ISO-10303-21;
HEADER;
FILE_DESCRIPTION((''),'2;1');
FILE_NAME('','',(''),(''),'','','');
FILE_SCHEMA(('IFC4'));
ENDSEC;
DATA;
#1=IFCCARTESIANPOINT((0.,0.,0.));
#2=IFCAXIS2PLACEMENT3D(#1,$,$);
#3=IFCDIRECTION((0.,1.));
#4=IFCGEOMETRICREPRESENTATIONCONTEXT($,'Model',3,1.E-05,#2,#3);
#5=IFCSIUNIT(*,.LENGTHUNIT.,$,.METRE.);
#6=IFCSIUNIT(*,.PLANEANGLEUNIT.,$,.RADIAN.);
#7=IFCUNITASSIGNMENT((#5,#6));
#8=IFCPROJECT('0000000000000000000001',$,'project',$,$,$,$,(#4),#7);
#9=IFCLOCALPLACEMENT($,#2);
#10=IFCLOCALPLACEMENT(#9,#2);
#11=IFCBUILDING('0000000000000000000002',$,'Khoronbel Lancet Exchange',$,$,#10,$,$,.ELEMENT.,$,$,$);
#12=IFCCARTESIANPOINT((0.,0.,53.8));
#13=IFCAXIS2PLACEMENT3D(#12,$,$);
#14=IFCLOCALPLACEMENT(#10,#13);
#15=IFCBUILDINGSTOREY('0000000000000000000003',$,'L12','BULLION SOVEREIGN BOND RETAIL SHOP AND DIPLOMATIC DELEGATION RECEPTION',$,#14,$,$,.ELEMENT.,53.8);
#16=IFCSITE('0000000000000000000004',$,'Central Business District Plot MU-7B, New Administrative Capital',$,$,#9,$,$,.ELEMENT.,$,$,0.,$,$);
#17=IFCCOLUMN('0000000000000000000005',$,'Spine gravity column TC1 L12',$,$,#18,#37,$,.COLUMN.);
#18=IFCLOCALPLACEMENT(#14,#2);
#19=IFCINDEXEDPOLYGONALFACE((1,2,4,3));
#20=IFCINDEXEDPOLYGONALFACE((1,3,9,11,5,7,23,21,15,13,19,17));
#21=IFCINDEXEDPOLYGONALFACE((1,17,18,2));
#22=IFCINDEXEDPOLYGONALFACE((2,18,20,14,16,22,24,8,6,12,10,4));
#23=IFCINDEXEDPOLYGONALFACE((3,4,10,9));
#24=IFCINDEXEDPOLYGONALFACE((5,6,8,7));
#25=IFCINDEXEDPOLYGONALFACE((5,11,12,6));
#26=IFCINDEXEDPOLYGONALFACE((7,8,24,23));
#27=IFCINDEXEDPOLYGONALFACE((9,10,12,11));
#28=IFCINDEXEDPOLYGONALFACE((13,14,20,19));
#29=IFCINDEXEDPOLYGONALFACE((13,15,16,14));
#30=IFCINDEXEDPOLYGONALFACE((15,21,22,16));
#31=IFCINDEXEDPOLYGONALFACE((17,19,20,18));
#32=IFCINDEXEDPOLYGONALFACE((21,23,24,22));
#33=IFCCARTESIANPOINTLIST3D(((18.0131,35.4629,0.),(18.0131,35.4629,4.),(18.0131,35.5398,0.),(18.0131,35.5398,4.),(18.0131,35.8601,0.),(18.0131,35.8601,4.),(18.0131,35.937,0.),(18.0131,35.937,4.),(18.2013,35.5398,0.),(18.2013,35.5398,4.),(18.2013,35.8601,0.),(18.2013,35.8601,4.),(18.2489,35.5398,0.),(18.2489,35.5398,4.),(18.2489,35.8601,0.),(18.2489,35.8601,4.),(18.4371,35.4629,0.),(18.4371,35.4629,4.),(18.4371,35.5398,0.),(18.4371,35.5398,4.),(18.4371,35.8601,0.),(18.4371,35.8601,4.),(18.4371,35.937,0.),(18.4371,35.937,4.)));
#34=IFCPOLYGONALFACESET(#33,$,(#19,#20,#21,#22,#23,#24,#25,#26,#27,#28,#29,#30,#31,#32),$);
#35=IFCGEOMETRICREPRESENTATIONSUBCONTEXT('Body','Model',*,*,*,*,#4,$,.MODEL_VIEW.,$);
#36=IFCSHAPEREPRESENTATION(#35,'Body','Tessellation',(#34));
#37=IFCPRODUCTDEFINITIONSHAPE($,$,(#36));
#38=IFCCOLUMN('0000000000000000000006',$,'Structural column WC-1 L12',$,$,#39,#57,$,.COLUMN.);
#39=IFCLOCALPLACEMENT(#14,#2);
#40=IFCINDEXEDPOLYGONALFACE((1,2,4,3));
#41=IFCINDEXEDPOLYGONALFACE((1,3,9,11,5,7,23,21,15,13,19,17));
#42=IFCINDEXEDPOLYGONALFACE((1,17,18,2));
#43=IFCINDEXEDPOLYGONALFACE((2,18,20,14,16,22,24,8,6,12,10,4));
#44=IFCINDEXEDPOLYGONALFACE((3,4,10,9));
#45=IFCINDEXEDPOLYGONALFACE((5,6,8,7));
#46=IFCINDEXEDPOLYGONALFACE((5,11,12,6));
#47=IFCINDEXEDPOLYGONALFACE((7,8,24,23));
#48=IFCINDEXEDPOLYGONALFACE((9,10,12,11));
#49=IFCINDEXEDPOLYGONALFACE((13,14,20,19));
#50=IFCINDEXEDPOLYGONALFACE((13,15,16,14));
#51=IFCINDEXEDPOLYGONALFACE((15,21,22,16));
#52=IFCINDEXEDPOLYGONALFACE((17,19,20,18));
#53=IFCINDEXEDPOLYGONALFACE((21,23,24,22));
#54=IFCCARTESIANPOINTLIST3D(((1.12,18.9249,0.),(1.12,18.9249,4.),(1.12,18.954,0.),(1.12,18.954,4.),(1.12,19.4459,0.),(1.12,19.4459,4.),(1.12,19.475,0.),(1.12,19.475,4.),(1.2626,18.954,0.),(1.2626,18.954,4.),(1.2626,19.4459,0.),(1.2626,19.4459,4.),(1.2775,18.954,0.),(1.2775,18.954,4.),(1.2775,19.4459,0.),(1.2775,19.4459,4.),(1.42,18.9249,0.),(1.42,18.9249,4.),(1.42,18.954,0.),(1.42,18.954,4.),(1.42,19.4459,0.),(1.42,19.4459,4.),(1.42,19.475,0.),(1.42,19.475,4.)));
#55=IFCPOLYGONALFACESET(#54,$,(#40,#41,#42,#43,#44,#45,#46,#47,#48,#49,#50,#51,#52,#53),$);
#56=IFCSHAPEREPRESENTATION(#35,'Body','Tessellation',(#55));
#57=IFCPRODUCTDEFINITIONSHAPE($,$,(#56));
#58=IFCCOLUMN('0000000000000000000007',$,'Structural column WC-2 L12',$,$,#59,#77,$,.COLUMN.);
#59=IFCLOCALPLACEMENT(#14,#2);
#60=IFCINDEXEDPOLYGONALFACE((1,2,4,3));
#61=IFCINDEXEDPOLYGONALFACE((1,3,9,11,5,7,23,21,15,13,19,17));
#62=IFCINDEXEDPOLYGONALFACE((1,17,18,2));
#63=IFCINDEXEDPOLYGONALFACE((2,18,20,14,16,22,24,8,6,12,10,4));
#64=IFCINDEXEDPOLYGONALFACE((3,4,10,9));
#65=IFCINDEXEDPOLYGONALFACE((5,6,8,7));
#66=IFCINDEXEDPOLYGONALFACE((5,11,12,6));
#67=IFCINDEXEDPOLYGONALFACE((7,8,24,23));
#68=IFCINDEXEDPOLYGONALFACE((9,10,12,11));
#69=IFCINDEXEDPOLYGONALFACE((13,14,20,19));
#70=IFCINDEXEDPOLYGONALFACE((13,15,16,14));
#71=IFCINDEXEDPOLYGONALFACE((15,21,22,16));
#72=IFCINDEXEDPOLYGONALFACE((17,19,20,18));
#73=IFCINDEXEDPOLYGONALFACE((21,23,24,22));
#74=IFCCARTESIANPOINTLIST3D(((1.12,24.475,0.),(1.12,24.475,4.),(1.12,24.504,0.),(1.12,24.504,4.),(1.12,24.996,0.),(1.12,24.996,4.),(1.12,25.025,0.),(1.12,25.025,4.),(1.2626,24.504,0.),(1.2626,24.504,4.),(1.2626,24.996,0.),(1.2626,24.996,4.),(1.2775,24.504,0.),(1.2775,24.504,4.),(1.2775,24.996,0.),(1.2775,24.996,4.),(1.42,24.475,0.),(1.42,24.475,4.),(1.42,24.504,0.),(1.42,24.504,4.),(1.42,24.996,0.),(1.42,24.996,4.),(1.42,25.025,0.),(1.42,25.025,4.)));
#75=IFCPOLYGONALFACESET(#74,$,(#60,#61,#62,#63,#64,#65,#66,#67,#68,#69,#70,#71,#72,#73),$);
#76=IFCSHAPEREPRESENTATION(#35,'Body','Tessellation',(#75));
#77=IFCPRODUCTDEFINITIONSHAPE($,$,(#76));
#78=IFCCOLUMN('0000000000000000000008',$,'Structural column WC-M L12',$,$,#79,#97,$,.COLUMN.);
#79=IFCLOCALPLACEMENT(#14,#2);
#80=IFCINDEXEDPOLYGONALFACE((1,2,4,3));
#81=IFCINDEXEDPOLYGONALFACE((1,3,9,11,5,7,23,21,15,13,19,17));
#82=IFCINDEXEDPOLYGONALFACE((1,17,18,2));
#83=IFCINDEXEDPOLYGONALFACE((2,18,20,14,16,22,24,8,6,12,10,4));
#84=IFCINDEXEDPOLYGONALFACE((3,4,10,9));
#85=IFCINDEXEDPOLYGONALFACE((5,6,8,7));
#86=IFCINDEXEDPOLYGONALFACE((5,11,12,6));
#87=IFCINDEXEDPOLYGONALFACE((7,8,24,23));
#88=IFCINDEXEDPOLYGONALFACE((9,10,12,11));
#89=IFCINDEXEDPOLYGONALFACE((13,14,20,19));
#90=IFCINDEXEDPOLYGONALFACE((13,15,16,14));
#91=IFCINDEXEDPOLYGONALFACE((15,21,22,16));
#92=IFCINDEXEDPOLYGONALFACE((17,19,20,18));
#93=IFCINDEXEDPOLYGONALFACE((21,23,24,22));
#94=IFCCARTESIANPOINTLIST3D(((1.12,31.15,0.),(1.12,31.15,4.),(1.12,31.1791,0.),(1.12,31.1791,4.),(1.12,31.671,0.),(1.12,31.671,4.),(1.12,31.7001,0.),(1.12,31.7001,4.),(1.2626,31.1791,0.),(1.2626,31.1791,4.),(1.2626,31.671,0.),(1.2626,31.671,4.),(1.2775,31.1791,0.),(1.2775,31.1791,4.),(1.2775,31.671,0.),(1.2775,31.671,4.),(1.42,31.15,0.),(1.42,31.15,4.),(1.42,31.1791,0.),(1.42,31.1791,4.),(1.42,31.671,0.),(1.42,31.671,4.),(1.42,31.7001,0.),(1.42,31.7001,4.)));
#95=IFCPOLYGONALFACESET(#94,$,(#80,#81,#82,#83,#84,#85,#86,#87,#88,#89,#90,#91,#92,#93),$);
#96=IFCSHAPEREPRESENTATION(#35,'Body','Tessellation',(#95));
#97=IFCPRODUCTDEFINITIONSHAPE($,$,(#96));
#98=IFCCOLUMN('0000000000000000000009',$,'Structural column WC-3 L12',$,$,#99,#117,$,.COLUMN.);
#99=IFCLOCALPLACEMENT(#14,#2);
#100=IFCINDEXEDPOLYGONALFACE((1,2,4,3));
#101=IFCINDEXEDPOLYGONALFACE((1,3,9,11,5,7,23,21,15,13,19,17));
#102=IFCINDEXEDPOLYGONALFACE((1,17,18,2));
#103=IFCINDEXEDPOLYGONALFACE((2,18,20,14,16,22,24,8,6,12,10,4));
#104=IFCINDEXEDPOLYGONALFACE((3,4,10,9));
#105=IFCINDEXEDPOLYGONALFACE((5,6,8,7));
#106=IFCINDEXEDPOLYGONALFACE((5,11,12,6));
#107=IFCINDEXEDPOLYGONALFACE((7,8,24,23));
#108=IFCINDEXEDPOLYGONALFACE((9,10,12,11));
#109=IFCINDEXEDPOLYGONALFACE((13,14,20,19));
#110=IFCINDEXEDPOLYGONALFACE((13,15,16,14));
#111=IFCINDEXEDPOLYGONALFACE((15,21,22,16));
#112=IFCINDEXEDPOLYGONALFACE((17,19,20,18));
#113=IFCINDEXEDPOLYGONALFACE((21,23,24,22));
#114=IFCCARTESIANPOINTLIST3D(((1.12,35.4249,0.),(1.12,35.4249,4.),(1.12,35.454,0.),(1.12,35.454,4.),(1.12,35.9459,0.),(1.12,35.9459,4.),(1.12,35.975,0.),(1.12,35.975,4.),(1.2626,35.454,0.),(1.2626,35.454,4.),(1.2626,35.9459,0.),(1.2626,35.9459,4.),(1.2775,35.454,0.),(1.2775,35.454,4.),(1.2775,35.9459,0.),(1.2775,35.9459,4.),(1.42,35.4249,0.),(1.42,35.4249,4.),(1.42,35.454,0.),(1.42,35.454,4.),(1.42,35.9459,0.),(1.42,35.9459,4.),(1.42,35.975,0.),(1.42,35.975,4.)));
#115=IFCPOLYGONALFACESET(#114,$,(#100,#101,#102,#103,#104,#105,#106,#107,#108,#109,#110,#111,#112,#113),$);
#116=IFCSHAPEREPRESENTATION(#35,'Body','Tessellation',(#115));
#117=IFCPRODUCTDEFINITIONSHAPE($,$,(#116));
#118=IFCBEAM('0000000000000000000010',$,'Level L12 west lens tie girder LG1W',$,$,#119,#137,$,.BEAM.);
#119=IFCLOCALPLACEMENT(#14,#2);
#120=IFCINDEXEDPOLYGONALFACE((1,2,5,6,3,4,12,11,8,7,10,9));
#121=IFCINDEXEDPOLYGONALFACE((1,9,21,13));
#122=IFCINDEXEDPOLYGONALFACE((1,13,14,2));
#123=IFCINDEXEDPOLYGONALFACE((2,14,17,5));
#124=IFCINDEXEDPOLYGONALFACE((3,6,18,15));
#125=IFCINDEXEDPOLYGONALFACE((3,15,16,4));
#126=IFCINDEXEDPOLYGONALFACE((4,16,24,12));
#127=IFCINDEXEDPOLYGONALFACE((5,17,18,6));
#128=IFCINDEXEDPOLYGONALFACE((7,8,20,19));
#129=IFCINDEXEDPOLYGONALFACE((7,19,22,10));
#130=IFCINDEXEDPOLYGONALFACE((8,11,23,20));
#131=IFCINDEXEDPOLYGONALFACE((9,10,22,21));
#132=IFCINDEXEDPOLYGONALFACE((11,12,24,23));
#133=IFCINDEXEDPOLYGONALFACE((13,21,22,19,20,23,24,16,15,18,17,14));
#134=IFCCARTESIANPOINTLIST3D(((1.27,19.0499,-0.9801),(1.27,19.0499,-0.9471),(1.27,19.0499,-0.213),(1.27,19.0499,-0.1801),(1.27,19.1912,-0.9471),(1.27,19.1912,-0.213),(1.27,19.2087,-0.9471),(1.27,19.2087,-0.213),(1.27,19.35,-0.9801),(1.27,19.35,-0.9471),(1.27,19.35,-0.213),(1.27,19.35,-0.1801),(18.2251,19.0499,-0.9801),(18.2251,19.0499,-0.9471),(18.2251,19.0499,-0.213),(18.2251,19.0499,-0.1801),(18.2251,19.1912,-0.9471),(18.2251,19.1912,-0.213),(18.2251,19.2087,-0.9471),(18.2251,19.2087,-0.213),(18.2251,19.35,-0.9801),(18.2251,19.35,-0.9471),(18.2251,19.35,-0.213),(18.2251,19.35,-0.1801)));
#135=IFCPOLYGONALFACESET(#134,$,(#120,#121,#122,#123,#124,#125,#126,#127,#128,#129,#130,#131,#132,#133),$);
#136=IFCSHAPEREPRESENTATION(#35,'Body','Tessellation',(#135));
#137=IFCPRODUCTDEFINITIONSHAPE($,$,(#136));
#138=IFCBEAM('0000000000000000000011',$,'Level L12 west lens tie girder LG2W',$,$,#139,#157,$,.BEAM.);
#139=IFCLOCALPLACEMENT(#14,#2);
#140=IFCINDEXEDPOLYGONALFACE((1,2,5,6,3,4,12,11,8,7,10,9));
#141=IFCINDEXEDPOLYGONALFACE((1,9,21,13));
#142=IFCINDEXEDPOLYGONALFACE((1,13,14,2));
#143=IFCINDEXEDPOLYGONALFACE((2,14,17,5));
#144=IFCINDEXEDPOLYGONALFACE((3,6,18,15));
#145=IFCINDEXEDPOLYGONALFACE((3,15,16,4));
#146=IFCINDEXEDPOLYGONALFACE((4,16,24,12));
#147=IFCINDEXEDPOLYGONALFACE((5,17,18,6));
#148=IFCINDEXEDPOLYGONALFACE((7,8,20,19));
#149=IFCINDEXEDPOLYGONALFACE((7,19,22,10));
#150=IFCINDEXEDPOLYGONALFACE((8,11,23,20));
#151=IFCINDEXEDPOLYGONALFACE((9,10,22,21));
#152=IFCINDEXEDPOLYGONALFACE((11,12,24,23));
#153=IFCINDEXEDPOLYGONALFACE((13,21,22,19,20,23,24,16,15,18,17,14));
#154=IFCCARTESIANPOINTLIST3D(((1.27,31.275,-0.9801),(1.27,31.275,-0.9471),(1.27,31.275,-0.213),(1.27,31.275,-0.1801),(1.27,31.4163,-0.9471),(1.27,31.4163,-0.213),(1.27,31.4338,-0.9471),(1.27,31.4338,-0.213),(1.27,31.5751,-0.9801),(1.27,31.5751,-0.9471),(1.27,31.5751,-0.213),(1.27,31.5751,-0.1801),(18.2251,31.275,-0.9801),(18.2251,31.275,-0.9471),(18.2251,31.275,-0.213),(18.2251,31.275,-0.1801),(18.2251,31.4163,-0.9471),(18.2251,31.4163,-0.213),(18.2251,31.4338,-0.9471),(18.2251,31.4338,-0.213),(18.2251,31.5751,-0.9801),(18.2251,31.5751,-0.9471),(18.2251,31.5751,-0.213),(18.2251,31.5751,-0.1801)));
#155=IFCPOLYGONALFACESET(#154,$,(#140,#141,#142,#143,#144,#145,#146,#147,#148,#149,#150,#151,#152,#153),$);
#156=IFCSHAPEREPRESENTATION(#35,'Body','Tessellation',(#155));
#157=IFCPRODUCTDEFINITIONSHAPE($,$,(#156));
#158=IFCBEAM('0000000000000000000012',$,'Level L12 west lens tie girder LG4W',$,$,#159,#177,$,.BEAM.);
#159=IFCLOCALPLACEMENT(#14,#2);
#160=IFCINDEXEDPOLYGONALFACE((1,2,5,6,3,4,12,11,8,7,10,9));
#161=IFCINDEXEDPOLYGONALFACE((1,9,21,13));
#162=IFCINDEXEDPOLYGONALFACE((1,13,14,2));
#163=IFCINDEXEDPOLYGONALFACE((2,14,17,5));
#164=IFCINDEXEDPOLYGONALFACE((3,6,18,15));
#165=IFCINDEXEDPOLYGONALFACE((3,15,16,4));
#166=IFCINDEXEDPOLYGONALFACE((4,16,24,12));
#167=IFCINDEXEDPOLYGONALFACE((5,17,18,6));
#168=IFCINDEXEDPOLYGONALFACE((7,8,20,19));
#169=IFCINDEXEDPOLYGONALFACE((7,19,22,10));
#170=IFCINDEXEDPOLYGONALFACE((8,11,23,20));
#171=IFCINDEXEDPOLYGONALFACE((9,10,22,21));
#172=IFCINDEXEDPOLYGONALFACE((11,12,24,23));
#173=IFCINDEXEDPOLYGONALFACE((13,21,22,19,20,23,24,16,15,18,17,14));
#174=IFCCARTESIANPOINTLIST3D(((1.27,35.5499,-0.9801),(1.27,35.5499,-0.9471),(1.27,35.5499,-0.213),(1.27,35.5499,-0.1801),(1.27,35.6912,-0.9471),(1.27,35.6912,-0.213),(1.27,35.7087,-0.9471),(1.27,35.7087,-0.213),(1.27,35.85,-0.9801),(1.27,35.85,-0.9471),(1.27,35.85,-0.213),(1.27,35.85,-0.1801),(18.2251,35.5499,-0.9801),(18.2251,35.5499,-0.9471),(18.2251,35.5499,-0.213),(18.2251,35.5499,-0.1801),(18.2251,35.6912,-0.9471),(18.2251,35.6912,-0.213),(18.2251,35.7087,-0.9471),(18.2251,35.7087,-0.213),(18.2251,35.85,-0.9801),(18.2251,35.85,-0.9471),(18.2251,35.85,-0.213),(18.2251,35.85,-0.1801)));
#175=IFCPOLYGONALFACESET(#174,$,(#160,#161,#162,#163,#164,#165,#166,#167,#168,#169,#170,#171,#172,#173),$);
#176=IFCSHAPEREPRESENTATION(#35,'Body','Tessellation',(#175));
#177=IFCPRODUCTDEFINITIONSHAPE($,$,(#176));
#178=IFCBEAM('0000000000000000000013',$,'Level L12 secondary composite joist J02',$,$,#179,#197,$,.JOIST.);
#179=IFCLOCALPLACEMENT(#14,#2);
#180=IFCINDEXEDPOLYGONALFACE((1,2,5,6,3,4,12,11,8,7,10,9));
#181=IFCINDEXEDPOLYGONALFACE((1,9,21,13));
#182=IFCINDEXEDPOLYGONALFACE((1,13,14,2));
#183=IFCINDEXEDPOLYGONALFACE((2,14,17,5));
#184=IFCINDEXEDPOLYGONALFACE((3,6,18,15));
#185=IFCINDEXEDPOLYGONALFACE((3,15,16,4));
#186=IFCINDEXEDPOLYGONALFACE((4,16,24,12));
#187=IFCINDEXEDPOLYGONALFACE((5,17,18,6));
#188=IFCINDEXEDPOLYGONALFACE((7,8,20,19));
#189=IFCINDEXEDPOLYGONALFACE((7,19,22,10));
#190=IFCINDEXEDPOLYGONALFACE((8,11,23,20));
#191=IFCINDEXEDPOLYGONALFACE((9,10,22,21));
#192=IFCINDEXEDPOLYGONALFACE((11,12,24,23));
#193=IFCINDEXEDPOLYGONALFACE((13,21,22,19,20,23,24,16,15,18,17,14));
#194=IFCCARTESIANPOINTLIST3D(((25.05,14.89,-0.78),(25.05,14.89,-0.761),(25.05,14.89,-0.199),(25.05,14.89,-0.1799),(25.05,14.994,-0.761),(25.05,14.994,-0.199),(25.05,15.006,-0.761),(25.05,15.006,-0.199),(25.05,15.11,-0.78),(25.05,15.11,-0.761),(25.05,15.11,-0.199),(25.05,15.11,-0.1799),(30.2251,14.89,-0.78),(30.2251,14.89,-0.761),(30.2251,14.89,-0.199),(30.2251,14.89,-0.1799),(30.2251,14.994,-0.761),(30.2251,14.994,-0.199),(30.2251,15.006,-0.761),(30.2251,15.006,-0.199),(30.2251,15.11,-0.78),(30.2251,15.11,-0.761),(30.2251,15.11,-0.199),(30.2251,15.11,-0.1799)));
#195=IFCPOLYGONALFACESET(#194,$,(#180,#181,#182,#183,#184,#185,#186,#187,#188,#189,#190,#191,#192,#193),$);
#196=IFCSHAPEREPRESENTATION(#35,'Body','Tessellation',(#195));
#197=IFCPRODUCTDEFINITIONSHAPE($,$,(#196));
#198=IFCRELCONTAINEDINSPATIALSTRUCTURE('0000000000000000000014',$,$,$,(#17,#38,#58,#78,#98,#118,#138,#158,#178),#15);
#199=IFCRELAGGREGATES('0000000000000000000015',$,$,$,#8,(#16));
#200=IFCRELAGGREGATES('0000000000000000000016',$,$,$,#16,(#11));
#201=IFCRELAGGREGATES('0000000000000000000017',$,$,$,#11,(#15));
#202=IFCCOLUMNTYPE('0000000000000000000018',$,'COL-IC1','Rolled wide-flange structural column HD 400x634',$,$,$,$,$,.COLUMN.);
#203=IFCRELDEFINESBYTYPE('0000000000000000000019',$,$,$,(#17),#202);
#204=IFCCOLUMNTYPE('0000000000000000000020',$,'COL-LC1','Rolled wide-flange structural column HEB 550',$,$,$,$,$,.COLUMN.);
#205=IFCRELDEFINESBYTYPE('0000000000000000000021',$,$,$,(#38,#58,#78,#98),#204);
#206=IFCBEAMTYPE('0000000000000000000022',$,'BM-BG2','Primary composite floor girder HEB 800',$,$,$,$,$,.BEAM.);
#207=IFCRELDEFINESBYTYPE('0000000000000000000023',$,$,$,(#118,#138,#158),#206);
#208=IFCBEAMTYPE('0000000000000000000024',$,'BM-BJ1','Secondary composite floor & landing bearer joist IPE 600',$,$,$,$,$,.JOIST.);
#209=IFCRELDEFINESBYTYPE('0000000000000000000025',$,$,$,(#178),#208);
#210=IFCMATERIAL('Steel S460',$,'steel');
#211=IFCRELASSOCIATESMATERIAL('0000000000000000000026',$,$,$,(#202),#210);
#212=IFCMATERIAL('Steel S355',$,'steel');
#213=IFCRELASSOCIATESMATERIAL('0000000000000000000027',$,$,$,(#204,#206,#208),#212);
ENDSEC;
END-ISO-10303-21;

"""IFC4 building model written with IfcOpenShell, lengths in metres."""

from ifc_helpers import new_model, si_unit, direction, frame, origin, origin_2d, place, context, subcontext, project, spatial, i_section, extrude, material, material_profile, profile_set, type_object, element, save


model = new_model("IFC4")

# Units and contexts
model_context = context("Model", 3, precision=1e-05, world=origin(), true_north=direction((0.0, 1.0)))
body_context = subcontext(model_context, "Body", "Model", "MODEL_VIEW")
ifc_project = project(units=[si_unit("LENGTHUNIT", "METRE"), si_unit("PLANEANGLEUNIT", "RADIAN")], contexts=[model_context])

# Site, building, storey
site_placement = place(None, origin())
site = spatial("IfcSite", under=ifc_project, at=site_placement, Name="Central Business District Plot MU-7B, New Administrative Capital", CompositionType="ELEMENT", RefElevation=0.0)
building_placement = place(site_placement, origin())
building = spatial("IfcBuilding", under=site, at=building_placement, Name="Khoronbel Lancet Exchange", CompositionType="ELEMENT")
storey_placement = place(building_placement, frame((0.0, 0.0, 53.8)))
storey = spatial("IfcBuildingStorey", under=building, at=storey_placement, Name="L12", Description="BULLION SOVEREIGN BOND RETAIL SHOP AND DIPLOMATIC DELEGATION RECEPTION", CompositionType="ELEMENT", Elevation=53.8)

# Columns
ifc_material_1 = material(Name="Steel S460", Category="steel")
ifc_material_profile_1 = material_profile(ifc_material_1, i_section(OverallWidth=0.4241, OverallDepth=0.4741, WebThickness=0.0476, FlangeThickness=0.0769, at=origin_2d()), Name="HD 400x634")
ifc_profile_set_1 = profile_set([ifc_material_profile_1], Name="Steel S460")
column_type_1 = type_object("IfcColumnType", Name="COL-IC1", Description="Rolled wide-flange structural column HD 400x634", PredefinedType="COLUMN", material=ifc_profile_set_1)
column_placement = place(storey_placement, frame((18.2251, 35.7, 0.0), z_axis=(0.0, 0.0, 1.0), x_axis=(1.0, 0.0, 0.0)))
element("IfcColumn", 1, at=column_placement, inside=storey, type_object=column_type_1, Name="Spine gravity column TC1 L12", PredefinedType="COLUMN", context=body_context, shape_type="SweptSolid", body=[
    extrude(i_section(OverallWidth=0.4241, OverallDepth=0.4741, WebThickness=0.0476, FlangeThickness=0.0769, at=origin_2d()), origin(), (0.0, 0.0, 1.0), 4.0),
])
ifc_material_2 = material(Name="Steel S355", Category="steel")
ifc_material_profile_2 = material_profile(ifc_material_2, i_section(OverallWidth=0.3, OverallDepth=0.55, WebThickness=0.0149, FlangeThickness=0.0291, at=origin_2d()), Name="HEB 550")
ifc_profile_set_2 = profile_set([ifc_material_profile_2], Name="Steel S355")
column_type_2 = type_object("IfcColumnType", Name="COL-LC1", Description="Rolled wide-flange structural column HEB 550", PredefinedType="COLUMN", material=ifc_profile_set_2)
for number, where, z_axis, x_axis, name in (
    (2, (1.27, 19.2, 0.0), (0.0, 0.0, 1.0), (1.0, 0.0, 0.0), "Structural column WC-1 L12"),
    (3, (1.27, 24.75, 0.0), (0.0, 0.0, 1.0), (1.0, 0.0, 0.0), "Structural column WC-2 L12"),
    (4, (1.27, 31.425, 0.0), (0.0, 0.0, 1.0), (1.0, 0.0, 0.0), "Structural column WC-M L12"),
    (5, (1.27, 35.7, 0.0), (0.0, 0.0, 1.0), (1.0, 0.0, 0.0), "Structural column WC-3 L12"),
):
    element("IfcColumn", number, at=place(storey_placement, frame(where, z_axis=z_axis, x_axis=x_axis)), inside=storey, type_object=column_type_2, Name=name, PredefinedType="COLUMN", context=body_context, shape_type="SweptSolid", body=[
        extrude(i_section(OverallWidth=0.3, OverallDepth=0.55, WebThickness=0.0149, FlangeThickness=0.0291, at=origin_2d()), origin(), (0.0, 0.0, 1.0), 4.0),
    ])

# Beams
ifc_material_profile_3 = material_profile(ifc_material_2, i_section(OverallWidth=0.3, OverallDepth=0.8, WebThickness=0.0176, FlangeThickness=0.033, at=origin_2d()), Name="HEB 800")
ifc_profile_set_3 = profile_set([ifc_material_profile_3], Name="Steel S355")
beam_type_1 = type_object("IfcBeamType", Name="BM-BG2", Description="Primary composite floor girder HEB 800", PredefinedType="BEAM", material=ifc_profile_set_3)
for number, where, z_axis, x_axis, name in (
    (6, (1.27, 19.2, -0.5801), (1.0, 0.0, 0.0), (0.0, 1.0, 0.0), "Level L12 west lens tie girder LG1W"),
    (7, (1.27, 31.425, -0.5801), (1.0, 0.0, 0.0), (0.0, 1.0, 0.0), "Level L12 west lens tie girder LG2W"),
    (8, (1.27, 35.7, -0.5801), (1.0, 0.0, 0.0), (0.0, 1.0, 0.0), "Level L12 west lens tie girder LG4W"),
):
    element("IfcBeam", number, at=place(storey_placement, frame(where, z_axis=z_axis, x_axis=x_axis)), inside=storey, type_object=beam_type_1, Name=name, PredefinedType="BEAM", context=body_context, shape_type="SweptSolid", body=[
        extrude(i_section(OverallWidth=0.3, OverallDepth=0.8, WebThickness=0.0176, FlangeThickness=0.033, at=origin_2d()), origin(), (0.0, 0.0, 1.0), 16.9551),
    ])
ifc_material_profile_4 = material_profile(ifc_material_2, i_section(OverallWidth=0.22, OverallDepth=0.6001, WebThickness=0.012, FlangeThickness=0.019, at=origin_2d()), Name="IPE 600")
ifc_profile_set_4 = profile_set([ifc_material_profile_4], Name="Steel S355")
beam_type_2 = type_object("IfcBeamType", Name="BM-BJ1", Description="Secondary composite floor & landing bearer joist IPE 600", PredefinedType="JOIST", material=ifc_profile_set_4)
beam_1_placement = place(storey_placement, frame((25.05, 15.0, -0.48), z_axis=(1.0, 0.0, 0.0), x_axis=(0.0, 1.0, 0.0)))
element("IfcBeam", 9, at=beam_1_placement, inside=storey, type_object=beam_type_2, Name="Level L12 secondary composite joist J02", PredefinedType="JOIST", context=body_context, shape_type="SweptSolid", body=[
    extrude(i_section(OverallWidth=0.22, OverallDepth=0.6001, WebThickness=0.012, FlangeThickness=0.019, at=origin_2d()), origin(), (0.0, 0.0, 1.0), 5.175),
])

save(model, "model.ifc")
